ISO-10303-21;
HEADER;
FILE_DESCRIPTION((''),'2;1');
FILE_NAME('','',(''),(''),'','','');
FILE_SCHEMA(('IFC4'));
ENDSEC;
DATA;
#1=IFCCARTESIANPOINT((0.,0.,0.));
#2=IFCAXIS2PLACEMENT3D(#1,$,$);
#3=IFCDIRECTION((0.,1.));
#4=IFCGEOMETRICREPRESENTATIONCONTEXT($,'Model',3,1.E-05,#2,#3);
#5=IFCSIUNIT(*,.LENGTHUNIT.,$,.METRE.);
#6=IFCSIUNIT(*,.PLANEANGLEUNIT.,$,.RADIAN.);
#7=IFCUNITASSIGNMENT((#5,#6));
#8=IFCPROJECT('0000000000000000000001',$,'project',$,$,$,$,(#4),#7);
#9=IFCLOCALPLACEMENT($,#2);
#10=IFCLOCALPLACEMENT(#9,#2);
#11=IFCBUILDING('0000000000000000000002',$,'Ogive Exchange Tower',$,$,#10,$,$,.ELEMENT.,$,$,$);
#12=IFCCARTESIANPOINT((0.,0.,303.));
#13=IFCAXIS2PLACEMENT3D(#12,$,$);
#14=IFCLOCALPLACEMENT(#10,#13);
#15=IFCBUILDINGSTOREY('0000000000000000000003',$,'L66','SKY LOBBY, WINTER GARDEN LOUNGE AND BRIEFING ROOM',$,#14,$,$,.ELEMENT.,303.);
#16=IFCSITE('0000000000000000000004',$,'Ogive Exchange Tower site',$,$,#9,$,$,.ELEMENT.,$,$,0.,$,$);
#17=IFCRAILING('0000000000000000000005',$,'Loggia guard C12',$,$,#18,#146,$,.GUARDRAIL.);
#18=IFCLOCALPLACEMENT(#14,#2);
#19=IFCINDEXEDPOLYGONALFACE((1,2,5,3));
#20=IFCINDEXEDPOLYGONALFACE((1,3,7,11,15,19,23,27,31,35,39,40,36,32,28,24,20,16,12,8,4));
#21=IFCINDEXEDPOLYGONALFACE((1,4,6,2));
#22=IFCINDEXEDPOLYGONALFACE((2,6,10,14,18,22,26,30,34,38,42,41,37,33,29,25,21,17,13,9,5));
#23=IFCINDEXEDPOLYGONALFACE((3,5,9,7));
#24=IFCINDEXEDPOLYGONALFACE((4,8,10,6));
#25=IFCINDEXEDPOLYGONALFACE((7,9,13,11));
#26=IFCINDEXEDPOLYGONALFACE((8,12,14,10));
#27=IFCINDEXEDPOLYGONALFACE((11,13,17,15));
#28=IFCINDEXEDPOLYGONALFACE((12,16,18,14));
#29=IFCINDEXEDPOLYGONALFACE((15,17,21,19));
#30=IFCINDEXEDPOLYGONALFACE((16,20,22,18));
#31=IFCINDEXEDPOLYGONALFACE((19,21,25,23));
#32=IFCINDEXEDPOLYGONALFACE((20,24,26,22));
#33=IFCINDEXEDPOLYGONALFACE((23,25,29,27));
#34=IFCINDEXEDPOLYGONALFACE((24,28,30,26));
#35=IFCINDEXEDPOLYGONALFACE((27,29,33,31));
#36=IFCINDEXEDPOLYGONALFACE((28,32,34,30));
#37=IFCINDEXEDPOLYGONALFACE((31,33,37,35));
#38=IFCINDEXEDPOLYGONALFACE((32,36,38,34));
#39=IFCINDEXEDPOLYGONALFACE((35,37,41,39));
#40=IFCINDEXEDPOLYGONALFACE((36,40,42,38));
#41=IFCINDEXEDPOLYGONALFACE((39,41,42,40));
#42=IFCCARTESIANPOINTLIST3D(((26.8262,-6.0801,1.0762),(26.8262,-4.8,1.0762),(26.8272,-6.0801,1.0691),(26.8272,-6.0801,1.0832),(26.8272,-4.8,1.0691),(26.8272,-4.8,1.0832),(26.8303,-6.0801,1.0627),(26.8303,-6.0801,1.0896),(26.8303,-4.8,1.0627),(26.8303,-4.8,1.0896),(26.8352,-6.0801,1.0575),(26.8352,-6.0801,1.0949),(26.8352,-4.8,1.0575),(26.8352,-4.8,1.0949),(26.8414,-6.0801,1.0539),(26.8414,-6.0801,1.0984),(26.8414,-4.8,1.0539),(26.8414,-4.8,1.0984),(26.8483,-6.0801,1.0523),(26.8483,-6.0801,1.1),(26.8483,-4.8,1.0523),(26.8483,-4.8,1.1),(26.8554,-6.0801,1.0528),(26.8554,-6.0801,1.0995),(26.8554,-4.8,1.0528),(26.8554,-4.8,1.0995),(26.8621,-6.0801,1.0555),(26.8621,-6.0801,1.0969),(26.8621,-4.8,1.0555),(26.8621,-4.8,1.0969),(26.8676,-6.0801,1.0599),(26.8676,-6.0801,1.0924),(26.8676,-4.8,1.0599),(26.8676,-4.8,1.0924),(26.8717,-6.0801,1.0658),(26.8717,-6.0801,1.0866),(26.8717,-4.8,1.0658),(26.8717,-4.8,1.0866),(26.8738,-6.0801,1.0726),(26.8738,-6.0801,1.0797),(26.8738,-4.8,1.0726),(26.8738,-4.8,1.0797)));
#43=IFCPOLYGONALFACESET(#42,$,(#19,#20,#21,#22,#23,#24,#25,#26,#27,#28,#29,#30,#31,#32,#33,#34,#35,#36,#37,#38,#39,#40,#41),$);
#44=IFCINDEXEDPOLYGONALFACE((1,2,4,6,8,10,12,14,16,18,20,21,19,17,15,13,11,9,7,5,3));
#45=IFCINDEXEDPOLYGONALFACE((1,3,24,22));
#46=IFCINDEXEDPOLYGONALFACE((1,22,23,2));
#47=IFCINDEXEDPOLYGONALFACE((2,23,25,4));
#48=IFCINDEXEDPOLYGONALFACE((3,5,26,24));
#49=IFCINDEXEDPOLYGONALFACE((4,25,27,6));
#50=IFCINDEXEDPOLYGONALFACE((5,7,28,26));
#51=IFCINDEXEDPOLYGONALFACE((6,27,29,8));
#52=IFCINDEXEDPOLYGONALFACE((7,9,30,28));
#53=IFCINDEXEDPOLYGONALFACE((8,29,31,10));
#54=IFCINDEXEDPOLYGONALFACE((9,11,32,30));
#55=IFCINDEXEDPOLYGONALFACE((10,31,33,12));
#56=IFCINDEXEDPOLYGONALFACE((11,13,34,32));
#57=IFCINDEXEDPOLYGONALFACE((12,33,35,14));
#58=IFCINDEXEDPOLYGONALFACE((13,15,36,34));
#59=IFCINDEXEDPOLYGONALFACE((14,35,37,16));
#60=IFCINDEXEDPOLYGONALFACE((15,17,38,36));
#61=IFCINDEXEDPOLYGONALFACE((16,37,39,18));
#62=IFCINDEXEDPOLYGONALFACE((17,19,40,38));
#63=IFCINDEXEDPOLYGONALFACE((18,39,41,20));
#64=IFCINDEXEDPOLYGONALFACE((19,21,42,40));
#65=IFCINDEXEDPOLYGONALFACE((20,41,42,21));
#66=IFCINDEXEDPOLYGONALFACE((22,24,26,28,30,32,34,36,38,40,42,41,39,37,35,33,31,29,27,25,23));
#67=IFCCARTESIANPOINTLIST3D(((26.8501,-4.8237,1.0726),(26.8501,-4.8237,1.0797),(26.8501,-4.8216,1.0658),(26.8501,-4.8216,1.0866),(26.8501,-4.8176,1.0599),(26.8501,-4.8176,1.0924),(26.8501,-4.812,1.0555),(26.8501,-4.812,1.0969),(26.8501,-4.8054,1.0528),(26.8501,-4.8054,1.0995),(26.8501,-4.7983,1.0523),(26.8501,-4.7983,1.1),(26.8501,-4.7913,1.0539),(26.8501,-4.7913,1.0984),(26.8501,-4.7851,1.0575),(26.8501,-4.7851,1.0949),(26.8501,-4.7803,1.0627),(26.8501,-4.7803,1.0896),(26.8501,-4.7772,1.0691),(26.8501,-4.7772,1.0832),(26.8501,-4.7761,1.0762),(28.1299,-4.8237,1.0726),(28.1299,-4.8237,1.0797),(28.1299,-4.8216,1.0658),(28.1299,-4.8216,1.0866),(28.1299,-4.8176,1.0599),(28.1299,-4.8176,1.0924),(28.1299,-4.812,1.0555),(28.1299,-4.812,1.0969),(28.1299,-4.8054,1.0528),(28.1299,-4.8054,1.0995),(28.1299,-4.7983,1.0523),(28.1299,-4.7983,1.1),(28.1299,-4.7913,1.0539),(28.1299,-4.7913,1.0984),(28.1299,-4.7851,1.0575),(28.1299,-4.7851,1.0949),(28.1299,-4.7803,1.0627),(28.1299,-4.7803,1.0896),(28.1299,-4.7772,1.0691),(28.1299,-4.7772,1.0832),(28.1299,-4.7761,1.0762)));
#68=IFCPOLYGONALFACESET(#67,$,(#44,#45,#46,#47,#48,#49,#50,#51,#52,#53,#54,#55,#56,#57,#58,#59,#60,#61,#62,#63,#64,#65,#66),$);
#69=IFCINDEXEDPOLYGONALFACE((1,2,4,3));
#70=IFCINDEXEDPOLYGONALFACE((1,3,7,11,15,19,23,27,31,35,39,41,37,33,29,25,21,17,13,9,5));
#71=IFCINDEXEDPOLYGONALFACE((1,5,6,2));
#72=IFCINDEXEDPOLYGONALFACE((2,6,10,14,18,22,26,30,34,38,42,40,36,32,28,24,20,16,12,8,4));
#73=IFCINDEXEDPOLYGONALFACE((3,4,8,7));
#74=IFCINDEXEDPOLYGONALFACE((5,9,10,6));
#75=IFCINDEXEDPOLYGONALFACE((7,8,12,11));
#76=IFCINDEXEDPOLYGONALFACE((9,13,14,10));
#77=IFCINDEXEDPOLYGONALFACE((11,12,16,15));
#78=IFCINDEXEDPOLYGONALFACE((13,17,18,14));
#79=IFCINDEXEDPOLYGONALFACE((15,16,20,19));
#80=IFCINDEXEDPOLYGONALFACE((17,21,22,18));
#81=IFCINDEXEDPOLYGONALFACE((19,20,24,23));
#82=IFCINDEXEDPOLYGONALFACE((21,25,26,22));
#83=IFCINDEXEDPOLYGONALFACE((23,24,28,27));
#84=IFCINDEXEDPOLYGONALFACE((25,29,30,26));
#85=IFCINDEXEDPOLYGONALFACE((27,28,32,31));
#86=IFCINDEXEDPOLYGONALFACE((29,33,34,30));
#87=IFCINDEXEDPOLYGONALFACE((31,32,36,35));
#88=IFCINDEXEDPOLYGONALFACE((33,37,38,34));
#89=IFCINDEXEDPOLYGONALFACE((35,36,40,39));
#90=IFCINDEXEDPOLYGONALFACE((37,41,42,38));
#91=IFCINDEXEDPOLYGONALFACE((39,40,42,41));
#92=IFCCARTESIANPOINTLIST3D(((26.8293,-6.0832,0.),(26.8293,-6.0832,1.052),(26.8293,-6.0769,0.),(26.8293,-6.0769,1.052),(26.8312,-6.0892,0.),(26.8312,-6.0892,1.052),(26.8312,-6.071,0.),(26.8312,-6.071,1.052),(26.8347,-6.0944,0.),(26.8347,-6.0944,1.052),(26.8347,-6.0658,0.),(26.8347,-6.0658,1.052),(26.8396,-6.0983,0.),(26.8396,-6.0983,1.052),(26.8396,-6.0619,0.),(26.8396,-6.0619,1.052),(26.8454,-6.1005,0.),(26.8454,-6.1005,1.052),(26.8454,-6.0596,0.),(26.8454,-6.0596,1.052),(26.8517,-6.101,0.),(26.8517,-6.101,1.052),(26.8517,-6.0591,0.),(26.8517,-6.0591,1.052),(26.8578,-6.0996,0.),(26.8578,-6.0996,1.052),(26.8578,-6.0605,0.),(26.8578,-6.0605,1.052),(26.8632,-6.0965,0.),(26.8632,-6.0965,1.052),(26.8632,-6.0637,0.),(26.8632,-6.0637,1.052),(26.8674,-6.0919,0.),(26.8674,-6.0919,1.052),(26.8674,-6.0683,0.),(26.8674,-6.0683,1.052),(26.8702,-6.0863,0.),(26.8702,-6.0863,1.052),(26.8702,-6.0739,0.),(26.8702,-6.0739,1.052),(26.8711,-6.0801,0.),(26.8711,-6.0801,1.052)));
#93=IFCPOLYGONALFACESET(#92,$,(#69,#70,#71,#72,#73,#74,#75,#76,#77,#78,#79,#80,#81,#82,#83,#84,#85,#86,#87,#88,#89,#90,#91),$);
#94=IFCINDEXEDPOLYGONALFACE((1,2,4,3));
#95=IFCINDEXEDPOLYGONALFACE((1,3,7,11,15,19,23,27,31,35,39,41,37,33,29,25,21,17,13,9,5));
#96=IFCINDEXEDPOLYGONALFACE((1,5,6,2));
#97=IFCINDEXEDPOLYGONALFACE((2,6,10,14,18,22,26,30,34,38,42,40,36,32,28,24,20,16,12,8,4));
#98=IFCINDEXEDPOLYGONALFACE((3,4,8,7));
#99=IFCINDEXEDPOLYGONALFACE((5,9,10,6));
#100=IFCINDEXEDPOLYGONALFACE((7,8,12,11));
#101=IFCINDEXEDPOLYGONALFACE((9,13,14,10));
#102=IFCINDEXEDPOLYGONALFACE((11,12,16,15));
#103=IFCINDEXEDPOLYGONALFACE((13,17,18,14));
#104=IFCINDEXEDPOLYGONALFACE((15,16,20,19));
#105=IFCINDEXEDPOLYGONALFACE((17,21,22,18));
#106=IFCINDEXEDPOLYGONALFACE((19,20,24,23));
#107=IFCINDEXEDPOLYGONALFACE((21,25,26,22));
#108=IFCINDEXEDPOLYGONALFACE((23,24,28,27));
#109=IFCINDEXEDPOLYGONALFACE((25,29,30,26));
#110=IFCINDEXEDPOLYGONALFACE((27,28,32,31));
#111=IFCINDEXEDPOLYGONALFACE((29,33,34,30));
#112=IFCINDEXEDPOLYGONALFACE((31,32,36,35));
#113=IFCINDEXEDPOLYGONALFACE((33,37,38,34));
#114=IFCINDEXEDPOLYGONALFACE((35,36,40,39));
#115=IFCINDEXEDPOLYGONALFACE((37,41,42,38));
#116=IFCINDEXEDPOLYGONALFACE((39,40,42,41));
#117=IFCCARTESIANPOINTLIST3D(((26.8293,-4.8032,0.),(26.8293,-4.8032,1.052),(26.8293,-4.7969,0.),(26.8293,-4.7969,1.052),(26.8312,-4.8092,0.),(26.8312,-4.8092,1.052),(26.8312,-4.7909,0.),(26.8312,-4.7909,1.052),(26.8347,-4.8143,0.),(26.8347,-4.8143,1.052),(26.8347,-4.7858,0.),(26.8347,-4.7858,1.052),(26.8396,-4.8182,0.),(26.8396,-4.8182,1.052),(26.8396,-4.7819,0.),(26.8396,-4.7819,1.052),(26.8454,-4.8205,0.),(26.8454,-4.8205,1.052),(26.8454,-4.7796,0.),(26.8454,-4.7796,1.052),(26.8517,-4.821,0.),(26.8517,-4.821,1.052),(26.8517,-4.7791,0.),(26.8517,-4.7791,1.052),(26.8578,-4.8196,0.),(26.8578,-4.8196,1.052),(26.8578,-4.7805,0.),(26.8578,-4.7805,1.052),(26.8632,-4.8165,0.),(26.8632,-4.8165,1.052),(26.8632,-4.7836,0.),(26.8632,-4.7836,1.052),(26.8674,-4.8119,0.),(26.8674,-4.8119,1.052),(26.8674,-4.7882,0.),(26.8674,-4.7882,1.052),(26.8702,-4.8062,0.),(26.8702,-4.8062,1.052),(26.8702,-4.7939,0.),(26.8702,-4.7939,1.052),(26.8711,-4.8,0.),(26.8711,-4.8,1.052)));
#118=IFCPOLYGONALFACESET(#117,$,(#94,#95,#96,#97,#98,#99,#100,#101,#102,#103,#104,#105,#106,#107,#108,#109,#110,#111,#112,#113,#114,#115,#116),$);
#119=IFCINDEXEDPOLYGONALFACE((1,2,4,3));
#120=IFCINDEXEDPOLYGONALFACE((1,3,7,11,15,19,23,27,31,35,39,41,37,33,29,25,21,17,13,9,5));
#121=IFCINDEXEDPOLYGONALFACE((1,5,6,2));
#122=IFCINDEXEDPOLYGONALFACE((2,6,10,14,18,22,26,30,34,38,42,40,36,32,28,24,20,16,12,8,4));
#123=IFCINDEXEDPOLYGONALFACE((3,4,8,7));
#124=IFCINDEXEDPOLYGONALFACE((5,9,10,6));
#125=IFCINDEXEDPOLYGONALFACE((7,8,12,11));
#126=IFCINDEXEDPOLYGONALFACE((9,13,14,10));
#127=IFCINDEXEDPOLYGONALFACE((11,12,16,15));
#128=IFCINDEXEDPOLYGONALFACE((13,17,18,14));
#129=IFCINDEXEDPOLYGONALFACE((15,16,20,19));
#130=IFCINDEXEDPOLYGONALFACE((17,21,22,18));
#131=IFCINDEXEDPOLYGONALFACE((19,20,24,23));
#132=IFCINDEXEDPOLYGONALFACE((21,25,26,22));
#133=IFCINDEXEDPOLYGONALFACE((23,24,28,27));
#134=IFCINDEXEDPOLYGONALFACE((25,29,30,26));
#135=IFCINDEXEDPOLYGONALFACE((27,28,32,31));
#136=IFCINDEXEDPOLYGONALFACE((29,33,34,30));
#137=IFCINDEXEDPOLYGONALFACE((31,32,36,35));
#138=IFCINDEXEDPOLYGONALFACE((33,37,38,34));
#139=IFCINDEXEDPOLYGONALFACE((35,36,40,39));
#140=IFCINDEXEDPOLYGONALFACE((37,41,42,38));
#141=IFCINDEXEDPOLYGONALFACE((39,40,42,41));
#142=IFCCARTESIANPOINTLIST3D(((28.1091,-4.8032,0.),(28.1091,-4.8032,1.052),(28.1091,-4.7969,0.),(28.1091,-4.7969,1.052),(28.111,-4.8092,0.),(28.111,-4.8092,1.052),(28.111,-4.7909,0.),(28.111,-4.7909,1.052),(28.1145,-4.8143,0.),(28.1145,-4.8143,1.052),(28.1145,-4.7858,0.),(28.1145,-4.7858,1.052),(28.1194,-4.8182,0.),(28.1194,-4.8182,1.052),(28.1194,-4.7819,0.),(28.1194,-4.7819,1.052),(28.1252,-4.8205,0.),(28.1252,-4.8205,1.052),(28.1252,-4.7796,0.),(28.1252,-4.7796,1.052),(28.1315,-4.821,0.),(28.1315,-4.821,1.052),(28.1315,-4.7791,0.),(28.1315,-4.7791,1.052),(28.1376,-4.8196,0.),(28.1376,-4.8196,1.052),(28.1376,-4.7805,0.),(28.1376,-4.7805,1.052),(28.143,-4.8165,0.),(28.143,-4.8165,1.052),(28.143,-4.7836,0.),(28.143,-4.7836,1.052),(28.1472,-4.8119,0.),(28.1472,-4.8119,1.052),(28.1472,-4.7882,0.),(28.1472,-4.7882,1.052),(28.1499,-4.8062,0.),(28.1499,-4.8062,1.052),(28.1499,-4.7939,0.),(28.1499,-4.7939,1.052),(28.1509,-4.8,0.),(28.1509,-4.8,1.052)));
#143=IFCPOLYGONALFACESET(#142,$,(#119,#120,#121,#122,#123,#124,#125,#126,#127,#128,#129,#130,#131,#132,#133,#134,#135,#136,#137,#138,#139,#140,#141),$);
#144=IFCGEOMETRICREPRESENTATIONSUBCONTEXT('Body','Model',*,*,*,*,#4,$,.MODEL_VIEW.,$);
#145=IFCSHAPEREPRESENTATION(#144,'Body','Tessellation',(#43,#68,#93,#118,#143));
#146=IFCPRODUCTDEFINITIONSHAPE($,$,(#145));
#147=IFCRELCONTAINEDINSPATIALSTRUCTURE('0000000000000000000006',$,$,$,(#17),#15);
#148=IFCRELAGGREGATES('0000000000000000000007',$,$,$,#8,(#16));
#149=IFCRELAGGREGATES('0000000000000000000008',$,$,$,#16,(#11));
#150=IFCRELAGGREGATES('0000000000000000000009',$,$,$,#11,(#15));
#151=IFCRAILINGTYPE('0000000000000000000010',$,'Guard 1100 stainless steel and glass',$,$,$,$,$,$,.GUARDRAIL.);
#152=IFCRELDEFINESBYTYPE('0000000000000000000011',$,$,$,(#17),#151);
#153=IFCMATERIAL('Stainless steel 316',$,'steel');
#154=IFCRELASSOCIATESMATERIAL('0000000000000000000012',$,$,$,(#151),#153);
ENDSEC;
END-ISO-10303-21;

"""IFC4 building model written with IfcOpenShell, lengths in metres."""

from ifc_helpers import new_model, si_unit, direction, frame, origin, origin_2d, place, context, subcontext, project, spatial, circle, extrude, material, type_object, element, save


model = new_model("IFC4")

# Units and contexts
model_context = context("Model", 3, precision=1e-05, world=origin(), true_north=direction((0.0, 1.0)))
body_context = subcontext(model_context, "Body", "Model", "MODEL_VIEW")
ifc_project = project(units=[si_unit("LENGTHUNIT", "METRE"), si_unit("PLANEANGLEUNIT", "RADIAN")], contexts=[model_context])

# Site, building, storey
site_placement = place(None, origin())
site = spatial("IfcSite", under=ifc_project, at=site_placement, Name="Ogive Exchange Tower site", CompositionType="ELEMENT", RefElevation=0.0)
building_placement = place(site_placement, origin())
building = spatial("IfcBuilding", under=site, at=building_placement, Name="Ogive Exchange Tower", CompositionType="ELEMENT")
storey_placement = place(building_placement, frame((0.0, 0.0, 303.0)))
storey = spatial("IfcBuildingStorey", under=building, at=storey_placement, Name="L66", Description="SKY LOBBY, WINTER GARDEN LOUNGE AND BRIEFING ROOM", CompositionType="ELEMENT", Elevation=303.0)

# Railing
ifc_material_1 = material(Name="Stainless steel 316", Category="steel")
railing_type_1 = type_object("IfcRailingType", Name="Guard 1100 stainless steel and glass", PredefinedType="GUARDRAIL", material=ifc_material_1)
railing_1_placement = place(storey_placement, frame((26.8501, -6.0801, 0.0)))
element("IfcRailing", 1, at=railing_1_placement, inside=storey, type_object=railing_type_1, Name="Loggia guard C12", PredefinedType="GUARDRAIL", context=body_context, shape_type="SweptSolid", body=[
    extrude(circle(Radius=0.0239, at=origin_2d()), frame((0.0, 0.0, 1.0762), z_axis=(0.0, 1.0, 0.0), x_axis=(-1.0, 0.0, 0.0)), (0.0, 0.0, 1.0), 1.28),
    extrude(circle(Radius=0.0239, at=origin_2d()), frame((0.0, 1.28, 1.0762), z_axis=(1.0, 0.0, 0.0), x_axis=(0.0, 1.0, 0.0)), (0.0, 0.0, 1.0), 1.2798),
    extrude(circle(Radius=0.021, at=origin_2d()), origin(), (0.0, 0.0, 1.0), 1.052),
    extrude(circle(Radius=0.021, at=origin_2d()), frame((0.0, 1.28, 0.0)), (0.0, 0.0, 1.0), 1.052),
    extrude(circle(Radius=0.021, at=origin_2d()), frame((1.2798, 1.28, 0.0)), (0.0, 0.0, 1.0), 1.052),
])

save(model, "model.ifc")
